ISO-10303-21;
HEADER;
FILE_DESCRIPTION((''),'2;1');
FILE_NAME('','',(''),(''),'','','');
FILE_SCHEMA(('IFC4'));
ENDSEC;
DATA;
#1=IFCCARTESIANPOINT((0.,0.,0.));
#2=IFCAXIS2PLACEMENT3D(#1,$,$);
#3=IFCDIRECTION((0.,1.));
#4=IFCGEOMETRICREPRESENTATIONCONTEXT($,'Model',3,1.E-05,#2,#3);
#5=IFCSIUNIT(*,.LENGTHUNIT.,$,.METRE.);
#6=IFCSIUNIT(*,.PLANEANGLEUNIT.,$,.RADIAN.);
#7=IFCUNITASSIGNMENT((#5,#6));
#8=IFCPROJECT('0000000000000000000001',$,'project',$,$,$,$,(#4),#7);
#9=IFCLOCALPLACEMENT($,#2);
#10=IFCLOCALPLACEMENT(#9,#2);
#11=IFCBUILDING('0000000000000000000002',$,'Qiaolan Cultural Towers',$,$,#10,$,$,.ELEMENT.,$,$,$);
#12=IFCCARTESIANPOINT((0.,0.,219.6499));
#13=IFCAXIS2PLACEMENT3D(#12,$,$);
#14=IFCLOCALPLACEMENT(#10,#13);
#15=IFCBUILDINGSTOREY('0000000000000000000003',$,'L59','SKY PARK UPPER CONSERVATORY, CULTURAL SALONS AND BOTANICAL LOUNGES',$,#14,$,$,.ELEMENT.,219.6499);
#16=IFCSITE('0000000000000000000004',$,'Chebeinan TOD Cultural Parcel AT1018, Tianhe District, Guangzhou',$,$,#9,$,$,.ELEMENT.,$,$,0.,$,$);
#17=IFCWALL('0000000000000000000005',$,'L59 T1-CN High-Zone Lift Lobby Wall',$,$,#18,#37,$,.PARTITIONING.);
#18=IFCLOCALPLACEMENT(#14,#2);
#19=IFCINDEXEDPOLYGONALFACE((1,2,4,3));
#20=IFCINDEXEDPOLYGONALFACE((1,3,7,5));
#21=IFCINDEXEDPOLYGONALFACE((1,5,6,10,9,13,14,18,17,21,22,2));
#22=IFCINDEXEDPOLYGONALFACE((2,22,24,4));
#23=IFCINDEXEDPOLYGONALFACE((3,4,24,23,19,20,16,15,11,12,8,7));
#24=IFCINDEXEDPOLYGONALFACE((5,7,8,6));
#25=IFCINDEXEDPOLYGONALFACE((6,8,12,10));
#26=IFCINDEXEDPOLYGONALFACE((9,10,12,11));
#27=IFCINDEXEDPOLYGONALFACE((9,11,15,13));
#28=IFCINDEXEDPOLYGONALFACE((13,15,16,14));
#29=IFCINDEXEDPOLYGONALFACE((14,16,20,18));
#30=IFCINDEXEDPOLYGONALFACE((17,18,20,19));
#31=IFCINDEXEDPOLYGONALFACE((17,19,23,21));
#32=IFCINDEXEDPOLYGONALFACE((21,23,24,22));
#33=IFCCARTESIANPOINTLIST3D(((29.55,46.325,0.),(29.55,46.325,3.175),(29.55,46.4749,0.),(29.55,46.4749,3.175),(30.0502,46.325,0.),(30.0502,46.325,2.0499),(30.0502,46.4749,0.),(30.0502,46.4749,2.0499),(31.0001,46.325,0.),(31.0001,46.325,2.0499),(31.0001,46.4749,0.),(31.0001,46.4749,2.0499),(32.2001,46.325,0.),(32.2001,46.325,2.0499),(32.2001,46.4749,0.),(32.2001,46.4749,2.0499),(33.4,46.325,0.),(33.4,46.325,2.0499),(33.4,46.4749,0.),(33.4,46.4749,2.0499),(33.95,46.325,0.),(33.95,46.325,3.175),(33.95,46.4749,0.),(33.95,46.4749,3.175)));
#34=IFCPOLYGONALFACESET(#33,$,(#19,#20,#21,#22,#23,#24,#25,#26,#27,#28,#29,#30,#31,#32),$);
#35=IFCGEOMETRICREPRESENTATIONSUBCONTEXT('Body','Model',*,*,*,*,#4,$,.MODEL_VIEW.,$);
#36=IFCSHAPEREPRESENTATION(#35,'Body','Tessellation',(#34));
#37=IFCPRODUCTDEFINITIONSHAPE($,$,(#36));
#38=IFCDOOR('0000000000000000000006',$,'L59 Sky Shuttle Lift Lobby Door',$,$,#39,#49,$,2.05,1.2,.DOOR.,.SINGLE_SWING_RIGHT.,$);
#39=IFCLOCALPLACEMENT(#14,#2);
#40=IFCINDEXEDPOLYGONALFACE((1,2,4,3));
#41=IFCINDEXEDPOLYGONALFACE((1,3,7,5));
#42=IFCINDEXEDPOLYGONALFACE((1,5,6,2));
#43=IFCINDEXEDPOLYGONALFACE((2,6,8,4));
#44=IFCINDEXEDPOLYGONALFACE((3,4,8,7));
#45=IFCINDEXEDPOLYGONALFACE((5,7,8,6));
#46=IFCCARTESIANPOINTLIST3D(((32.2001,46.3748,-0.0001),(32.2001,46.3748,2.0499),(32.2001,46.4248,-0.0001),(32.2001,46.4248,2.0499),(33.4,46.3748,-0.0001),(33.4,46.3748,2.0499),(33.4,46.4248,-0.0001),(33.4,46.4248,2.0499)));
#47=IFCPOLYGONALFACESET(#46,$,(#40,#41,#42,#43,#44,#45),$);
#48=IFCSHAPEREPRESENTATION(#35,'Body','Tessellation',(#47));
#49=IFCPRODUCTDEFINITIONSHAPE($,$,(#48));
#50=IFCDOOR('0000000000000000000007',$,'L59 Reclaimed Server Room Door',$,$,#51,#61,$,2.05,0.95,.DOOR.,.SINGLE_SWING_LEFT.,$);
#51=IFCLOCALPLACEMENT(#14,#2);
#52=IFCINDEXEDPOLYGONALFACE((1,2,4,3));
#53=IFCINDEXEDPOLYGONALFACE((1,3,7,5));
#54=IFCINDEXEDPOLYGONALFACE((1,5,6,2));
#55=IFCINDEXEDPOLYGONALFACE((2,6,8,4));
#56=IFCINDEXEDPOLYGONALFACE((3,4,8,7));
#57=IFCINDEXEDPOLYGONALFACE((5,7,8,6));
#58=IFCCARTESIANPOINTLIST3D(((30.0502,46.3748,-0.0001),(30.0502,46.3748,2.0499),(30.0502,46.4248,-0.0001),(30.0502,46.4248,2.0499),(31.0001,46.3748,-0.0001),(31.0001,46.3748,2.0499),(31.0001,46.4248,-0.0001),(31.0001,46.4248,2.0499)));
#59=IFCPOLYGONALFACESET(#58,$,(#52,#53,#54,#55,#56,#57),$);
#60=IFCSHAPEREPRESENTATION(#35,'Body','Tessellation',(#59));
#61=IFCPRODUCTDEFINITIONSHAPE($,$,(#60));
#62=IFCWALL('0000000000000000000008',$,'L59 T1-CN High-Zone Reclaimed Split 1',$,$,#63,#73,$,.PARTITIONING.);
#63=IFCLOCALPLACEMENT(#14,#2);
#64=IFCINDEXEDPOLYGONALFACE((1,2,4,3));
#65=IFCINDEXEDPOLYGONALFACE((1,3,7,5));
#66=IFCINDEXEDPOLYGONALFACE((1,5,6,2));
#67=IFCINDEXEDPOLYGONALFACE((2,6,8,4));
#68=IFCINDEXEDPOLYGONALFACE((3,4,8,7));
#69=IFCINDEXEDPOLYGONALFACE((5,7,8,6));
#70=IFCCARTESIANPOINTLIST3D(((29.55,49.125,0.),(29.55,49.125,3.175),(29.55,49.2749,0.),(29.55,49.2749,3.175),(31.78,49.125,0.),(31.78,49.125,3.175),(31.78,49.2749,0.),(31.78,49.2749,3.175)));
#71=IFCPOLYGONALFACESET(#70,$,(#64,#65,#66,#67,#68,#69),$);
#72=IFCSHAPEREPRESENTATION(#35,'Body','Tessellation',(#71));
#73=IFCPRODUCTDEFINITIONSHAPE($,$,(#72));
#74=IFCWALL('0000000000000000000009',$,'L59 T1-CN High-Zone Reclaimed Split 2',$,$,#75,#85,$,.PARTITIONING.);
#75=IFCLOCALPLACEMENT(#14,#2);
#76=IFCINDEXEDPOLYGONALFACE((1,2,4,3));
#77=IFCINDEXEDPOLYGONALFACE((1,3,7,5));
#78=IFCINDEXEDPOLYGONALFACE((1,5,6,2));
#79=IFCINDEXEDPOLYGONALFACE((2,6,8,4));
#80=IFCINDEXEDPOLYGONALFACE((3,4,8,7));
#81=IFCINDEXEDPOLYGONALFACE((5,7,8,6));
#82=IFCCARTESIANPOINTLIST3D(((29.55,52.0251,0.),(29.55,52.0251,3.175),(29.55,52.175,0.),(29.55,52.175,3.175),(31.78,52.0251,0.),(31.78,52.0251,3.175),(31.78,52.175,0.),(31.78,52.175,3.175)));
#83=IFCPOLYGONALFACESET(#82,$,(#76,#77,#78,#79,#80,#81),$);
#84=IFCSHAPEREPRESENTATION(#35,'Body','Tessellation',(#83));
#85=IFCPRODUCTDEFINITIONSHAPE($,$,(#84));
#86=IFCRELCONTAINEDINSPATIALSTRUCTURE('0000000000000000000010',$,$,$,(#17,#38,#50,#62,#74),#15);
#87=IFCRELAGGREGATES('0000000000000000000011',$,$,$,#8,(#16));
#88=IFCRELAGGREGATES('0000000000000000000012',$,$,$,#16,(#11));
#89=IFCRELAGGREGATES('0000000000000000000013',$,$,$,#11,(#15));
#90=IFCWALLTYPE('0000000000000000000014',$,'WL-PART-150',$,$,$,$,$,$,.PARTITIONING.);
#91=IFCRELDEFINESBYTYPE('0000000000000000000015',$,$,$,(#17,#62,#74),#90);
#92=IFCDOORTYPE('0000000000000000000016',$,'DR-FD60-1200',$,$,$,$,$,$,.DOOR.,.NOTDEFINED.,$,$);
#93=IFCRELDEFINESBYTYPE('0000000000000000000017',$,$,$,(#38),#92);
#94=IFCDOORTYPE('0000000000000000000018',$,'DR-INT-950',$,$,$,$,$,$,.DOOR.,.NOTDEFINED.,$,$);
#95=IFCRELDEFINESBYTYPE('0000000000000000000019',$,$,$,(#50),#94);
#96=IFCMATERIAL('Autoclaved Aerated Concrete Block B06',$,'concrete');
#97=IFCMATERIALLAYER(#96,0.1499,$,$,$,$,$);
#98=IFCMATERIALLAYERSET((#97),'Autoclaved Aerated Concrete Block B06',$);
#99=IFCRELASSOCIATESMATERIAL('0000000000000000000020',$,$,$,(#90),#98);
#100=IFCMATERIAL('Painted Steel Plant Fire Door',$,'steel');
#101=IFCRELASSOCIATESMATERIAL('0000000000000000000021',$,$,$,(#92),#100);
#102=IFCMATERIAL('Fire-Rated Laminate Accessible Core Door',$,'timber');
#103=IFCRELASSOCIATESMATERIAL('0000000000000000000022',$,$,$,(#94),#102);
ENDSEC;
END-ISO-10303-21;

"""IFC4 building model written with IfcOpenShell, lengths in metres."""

from ifc_helpers import new_model, si_unit, direction, frame, frame_2d, origin, place, context, subcontext, project, spatial, rectangle, extrude, material, layer, layer_set, type_object, element, fill, save


model = new_model("IFC4")

# Units and contexts
model_context = context("Model", 3, precision=1e-05, world=origin(), true_north=direction((0.0, 1.0)))
body_context = subcontext(model_context, "Body", "Model", "MODEL_VIEW")
ifc_project = project(units=[si_unit("LENGTHUNIT", "METRE"), si_unit("PLANEANGLEUNIT", "RADIAN")], contexts=[model_context])

# Site, building, storey
site_placement = place(None, origin())
site = spatial("IfcSite", under=ifc_project, at=site_placement, Name="Chebeinan TOD Cultural Parcel AT1018, Tianhe District, Guangzhou", CompositionType="ELEMENT", RefElevation=0.0)
building_placement = place(site_placement, origin())
building = spatial("IfcBuilding", under=site, at=building_placement, Name="Qiaolan Cultural Towers", CompositionType="ELEMENT")
storey_placement = place(building_placement, frame((0.0, 0.0, 219.6499)))
storey = spatial("IfcBuildingStorey", under=building, at=storey_placement, Name="L59", Description="SKY PARK UPPER CONSERVATORY, CULTURAL SALONS AND BOTANICAL LOUNGES", CompositionType="ELEMENT", Elevation=219.6499)

# Wall, openings, doors
ifc_material_1 = material(Name="Autoclaved Aerated Concrete Block B06", Category="concrete")
ifc_layer_1 = layer(ifc_material_1, 0.1499)
ifc_layer_set_1 = layer_set([ifc_layer_1], Name="Autoclaved Aerated Concrete Block B06")
wall_type_1 = type_object("IfcWallType", Name="WL-PART-150", PredefinedType="PARTITIONING", material=ifc_layer_set_1)
wall_1_placement = place(storey_placement, frame((29.55, 46.3999, 0.0), z_axis=(0.0, 0.0, 1.0), x_axis=(1.0, 0.0, 0.0)))
wall_1 = element("IfcWall", 1, at=wall_1_placement, inside=storey, type_object=wall_type_1, Name="L59 T1-CN High-Zone Lift Lobby Wall", PredefinedType="PARTITIONING", context=body_context, shape_type="SweptSolid", body=[
    extrude(rectangle(XDim=4.3999, YDim=0.1499, at=frame_2d((2.2, 0.0))), origin(), (0.0, 0.0, 1.0), 3.175),
])
opening_1_placement = place(wall_1_placement, frame((0.5, 0.0, 0.0)))
opening_1 = element("IfcOpeningElement", 2, at=opening_1_placement, cuts=wall_1, PredefinedType="OPENING", context=body_context, shape_type="SweptSolid", body=[
    extrude(rectangle(XDim=0.95, YDim=2.05, at=frame_2d((0.4751, 1.0249))), frame((0.0, 0.085, 0.0), z_axis=(0.0, -1.0, 0.0), x_axis=(1.0, 0.0, 0.0)), (0.0, 0.0, 1.0), 0.1699),
])
opening_2_placement = place(wall_1_placement, frame((2.6499, 0.0, 0.0)))
opening_2 = element("IfcOpeningElement", 3, at=opening_2_placement, cuts=wall_1, PredefinedType="OPENING", context=body_context, shape_type="SweptSolid", body=[
    extrude(rectangle(XDim=1.2, YDim=2.05, at=frame_2d((0.6001, 1.0249))), frame((0.0, 0.085, 0.0), z_axis=(0.0, -1.0, 0.0), x_axis=(1.0, 0.0, 0.0)), (0.0, 0.0, 1.0), 0.1699),
])
ifc_material_2 = material(Name="Painted Steel Plant Fire Door", Category="steel")
door_type_1 = type_object("IfcDoorType", Name="DR-FD60-1200", OperationType="NOTDEFINED", PredefinedType="DOOR", material=ifc_material_2)
door_1_placement = place(opening_2_placement, origin())
door_1 = element("IfcDoor", 4, at=door_1_placement, inside=storey, type_object=door_type_1, Name="L59 Sky Shuttle Lift Lobby Door", OperationType="SINGLE_SWING_RIGHT", OverallHeight=2.05, OverallWidth=1.2, PredefinedType="DOOR", context=body_context, shape_type="SweptSolid", body=[
    extrude(rectangle(XDim=1.2, YDim=2.05, at=frame_2d((0.6001, 1.0249))), frame((0.0, 0.0249, 0.0), z_axis=(0.0, -1.0, 0.0), x_axis=(1.0, 0.0, 0.0)), (0.0, 0.0, 1.0), 0.05),
])
fill(opening_2, door_1)
ifc_material_3 = material(Name="Fire-Rated Laminate Accessible Core Door", Category="timber")
door_type_2 = type_object("IfcDoorType", Name="DR-INT-950", OperationType="NOTDEFINED", PredefinedType="DOOR", material=ifc_material_3)
door_2_placement = place(opening_1_placement, origin())
door_2 = element("IfcDoor", 5, at=door_2_placement, inside=storey, type_object=door_type_2, Name="L59 Reclaimed Server Room Door", OperationType="SINGLE_SWING_LEFT", OverallHeight=2.05, OverallWidth=0.95, PredefinedType="DOOR", context=body_context, shape_type="SweptSolid", body=[
    extrude(rectangle(XDim=0.95, YDim=2.05, at=frame_2d((0.4751, 1.0249))), frame((0.0, 0.0249, 0.0), z_axis=(0.0, -1.0, 0.0), x_axis=(1.0, 0.0, 0.0)), (0.0, 0.0, 1.0), 0.05),
])
fill(opening_1, door_2)

# Walls
for number, where, z_axis, x_axis, name in (
    (6, (29.55, 49.2, 0.0), (0.0, 0.0, 1.0), (1.0, 0.0, 0.0), "L59 T1-CN High-Zone Reclaimed Split 1"),
    (7, (29.55, 52.1001, 0.0), (0.0, 0.0, 1.0), (1.0, 0.0, 0.0), "L59 T1-CN High-Zone Reclaimed Split 2"),
):
    element("IfcWall", number, at=place(storey_placement, frame(where, z_axis=z_axis, x_axis=x_axis)), inside=storey, type_object=wall_type_1, Name=name, PredefinedType="PARTITIONING", context=body_context, shape_type="SweptSolid", body=[
        extrude(rectangle(XDim=2.23, YDim=0.1499, at=frame_2d((1.115, 0.0))), origin(), (0.0, 0.0, 1.0), 3.175),
    ])

save(model, "model.ifc")
